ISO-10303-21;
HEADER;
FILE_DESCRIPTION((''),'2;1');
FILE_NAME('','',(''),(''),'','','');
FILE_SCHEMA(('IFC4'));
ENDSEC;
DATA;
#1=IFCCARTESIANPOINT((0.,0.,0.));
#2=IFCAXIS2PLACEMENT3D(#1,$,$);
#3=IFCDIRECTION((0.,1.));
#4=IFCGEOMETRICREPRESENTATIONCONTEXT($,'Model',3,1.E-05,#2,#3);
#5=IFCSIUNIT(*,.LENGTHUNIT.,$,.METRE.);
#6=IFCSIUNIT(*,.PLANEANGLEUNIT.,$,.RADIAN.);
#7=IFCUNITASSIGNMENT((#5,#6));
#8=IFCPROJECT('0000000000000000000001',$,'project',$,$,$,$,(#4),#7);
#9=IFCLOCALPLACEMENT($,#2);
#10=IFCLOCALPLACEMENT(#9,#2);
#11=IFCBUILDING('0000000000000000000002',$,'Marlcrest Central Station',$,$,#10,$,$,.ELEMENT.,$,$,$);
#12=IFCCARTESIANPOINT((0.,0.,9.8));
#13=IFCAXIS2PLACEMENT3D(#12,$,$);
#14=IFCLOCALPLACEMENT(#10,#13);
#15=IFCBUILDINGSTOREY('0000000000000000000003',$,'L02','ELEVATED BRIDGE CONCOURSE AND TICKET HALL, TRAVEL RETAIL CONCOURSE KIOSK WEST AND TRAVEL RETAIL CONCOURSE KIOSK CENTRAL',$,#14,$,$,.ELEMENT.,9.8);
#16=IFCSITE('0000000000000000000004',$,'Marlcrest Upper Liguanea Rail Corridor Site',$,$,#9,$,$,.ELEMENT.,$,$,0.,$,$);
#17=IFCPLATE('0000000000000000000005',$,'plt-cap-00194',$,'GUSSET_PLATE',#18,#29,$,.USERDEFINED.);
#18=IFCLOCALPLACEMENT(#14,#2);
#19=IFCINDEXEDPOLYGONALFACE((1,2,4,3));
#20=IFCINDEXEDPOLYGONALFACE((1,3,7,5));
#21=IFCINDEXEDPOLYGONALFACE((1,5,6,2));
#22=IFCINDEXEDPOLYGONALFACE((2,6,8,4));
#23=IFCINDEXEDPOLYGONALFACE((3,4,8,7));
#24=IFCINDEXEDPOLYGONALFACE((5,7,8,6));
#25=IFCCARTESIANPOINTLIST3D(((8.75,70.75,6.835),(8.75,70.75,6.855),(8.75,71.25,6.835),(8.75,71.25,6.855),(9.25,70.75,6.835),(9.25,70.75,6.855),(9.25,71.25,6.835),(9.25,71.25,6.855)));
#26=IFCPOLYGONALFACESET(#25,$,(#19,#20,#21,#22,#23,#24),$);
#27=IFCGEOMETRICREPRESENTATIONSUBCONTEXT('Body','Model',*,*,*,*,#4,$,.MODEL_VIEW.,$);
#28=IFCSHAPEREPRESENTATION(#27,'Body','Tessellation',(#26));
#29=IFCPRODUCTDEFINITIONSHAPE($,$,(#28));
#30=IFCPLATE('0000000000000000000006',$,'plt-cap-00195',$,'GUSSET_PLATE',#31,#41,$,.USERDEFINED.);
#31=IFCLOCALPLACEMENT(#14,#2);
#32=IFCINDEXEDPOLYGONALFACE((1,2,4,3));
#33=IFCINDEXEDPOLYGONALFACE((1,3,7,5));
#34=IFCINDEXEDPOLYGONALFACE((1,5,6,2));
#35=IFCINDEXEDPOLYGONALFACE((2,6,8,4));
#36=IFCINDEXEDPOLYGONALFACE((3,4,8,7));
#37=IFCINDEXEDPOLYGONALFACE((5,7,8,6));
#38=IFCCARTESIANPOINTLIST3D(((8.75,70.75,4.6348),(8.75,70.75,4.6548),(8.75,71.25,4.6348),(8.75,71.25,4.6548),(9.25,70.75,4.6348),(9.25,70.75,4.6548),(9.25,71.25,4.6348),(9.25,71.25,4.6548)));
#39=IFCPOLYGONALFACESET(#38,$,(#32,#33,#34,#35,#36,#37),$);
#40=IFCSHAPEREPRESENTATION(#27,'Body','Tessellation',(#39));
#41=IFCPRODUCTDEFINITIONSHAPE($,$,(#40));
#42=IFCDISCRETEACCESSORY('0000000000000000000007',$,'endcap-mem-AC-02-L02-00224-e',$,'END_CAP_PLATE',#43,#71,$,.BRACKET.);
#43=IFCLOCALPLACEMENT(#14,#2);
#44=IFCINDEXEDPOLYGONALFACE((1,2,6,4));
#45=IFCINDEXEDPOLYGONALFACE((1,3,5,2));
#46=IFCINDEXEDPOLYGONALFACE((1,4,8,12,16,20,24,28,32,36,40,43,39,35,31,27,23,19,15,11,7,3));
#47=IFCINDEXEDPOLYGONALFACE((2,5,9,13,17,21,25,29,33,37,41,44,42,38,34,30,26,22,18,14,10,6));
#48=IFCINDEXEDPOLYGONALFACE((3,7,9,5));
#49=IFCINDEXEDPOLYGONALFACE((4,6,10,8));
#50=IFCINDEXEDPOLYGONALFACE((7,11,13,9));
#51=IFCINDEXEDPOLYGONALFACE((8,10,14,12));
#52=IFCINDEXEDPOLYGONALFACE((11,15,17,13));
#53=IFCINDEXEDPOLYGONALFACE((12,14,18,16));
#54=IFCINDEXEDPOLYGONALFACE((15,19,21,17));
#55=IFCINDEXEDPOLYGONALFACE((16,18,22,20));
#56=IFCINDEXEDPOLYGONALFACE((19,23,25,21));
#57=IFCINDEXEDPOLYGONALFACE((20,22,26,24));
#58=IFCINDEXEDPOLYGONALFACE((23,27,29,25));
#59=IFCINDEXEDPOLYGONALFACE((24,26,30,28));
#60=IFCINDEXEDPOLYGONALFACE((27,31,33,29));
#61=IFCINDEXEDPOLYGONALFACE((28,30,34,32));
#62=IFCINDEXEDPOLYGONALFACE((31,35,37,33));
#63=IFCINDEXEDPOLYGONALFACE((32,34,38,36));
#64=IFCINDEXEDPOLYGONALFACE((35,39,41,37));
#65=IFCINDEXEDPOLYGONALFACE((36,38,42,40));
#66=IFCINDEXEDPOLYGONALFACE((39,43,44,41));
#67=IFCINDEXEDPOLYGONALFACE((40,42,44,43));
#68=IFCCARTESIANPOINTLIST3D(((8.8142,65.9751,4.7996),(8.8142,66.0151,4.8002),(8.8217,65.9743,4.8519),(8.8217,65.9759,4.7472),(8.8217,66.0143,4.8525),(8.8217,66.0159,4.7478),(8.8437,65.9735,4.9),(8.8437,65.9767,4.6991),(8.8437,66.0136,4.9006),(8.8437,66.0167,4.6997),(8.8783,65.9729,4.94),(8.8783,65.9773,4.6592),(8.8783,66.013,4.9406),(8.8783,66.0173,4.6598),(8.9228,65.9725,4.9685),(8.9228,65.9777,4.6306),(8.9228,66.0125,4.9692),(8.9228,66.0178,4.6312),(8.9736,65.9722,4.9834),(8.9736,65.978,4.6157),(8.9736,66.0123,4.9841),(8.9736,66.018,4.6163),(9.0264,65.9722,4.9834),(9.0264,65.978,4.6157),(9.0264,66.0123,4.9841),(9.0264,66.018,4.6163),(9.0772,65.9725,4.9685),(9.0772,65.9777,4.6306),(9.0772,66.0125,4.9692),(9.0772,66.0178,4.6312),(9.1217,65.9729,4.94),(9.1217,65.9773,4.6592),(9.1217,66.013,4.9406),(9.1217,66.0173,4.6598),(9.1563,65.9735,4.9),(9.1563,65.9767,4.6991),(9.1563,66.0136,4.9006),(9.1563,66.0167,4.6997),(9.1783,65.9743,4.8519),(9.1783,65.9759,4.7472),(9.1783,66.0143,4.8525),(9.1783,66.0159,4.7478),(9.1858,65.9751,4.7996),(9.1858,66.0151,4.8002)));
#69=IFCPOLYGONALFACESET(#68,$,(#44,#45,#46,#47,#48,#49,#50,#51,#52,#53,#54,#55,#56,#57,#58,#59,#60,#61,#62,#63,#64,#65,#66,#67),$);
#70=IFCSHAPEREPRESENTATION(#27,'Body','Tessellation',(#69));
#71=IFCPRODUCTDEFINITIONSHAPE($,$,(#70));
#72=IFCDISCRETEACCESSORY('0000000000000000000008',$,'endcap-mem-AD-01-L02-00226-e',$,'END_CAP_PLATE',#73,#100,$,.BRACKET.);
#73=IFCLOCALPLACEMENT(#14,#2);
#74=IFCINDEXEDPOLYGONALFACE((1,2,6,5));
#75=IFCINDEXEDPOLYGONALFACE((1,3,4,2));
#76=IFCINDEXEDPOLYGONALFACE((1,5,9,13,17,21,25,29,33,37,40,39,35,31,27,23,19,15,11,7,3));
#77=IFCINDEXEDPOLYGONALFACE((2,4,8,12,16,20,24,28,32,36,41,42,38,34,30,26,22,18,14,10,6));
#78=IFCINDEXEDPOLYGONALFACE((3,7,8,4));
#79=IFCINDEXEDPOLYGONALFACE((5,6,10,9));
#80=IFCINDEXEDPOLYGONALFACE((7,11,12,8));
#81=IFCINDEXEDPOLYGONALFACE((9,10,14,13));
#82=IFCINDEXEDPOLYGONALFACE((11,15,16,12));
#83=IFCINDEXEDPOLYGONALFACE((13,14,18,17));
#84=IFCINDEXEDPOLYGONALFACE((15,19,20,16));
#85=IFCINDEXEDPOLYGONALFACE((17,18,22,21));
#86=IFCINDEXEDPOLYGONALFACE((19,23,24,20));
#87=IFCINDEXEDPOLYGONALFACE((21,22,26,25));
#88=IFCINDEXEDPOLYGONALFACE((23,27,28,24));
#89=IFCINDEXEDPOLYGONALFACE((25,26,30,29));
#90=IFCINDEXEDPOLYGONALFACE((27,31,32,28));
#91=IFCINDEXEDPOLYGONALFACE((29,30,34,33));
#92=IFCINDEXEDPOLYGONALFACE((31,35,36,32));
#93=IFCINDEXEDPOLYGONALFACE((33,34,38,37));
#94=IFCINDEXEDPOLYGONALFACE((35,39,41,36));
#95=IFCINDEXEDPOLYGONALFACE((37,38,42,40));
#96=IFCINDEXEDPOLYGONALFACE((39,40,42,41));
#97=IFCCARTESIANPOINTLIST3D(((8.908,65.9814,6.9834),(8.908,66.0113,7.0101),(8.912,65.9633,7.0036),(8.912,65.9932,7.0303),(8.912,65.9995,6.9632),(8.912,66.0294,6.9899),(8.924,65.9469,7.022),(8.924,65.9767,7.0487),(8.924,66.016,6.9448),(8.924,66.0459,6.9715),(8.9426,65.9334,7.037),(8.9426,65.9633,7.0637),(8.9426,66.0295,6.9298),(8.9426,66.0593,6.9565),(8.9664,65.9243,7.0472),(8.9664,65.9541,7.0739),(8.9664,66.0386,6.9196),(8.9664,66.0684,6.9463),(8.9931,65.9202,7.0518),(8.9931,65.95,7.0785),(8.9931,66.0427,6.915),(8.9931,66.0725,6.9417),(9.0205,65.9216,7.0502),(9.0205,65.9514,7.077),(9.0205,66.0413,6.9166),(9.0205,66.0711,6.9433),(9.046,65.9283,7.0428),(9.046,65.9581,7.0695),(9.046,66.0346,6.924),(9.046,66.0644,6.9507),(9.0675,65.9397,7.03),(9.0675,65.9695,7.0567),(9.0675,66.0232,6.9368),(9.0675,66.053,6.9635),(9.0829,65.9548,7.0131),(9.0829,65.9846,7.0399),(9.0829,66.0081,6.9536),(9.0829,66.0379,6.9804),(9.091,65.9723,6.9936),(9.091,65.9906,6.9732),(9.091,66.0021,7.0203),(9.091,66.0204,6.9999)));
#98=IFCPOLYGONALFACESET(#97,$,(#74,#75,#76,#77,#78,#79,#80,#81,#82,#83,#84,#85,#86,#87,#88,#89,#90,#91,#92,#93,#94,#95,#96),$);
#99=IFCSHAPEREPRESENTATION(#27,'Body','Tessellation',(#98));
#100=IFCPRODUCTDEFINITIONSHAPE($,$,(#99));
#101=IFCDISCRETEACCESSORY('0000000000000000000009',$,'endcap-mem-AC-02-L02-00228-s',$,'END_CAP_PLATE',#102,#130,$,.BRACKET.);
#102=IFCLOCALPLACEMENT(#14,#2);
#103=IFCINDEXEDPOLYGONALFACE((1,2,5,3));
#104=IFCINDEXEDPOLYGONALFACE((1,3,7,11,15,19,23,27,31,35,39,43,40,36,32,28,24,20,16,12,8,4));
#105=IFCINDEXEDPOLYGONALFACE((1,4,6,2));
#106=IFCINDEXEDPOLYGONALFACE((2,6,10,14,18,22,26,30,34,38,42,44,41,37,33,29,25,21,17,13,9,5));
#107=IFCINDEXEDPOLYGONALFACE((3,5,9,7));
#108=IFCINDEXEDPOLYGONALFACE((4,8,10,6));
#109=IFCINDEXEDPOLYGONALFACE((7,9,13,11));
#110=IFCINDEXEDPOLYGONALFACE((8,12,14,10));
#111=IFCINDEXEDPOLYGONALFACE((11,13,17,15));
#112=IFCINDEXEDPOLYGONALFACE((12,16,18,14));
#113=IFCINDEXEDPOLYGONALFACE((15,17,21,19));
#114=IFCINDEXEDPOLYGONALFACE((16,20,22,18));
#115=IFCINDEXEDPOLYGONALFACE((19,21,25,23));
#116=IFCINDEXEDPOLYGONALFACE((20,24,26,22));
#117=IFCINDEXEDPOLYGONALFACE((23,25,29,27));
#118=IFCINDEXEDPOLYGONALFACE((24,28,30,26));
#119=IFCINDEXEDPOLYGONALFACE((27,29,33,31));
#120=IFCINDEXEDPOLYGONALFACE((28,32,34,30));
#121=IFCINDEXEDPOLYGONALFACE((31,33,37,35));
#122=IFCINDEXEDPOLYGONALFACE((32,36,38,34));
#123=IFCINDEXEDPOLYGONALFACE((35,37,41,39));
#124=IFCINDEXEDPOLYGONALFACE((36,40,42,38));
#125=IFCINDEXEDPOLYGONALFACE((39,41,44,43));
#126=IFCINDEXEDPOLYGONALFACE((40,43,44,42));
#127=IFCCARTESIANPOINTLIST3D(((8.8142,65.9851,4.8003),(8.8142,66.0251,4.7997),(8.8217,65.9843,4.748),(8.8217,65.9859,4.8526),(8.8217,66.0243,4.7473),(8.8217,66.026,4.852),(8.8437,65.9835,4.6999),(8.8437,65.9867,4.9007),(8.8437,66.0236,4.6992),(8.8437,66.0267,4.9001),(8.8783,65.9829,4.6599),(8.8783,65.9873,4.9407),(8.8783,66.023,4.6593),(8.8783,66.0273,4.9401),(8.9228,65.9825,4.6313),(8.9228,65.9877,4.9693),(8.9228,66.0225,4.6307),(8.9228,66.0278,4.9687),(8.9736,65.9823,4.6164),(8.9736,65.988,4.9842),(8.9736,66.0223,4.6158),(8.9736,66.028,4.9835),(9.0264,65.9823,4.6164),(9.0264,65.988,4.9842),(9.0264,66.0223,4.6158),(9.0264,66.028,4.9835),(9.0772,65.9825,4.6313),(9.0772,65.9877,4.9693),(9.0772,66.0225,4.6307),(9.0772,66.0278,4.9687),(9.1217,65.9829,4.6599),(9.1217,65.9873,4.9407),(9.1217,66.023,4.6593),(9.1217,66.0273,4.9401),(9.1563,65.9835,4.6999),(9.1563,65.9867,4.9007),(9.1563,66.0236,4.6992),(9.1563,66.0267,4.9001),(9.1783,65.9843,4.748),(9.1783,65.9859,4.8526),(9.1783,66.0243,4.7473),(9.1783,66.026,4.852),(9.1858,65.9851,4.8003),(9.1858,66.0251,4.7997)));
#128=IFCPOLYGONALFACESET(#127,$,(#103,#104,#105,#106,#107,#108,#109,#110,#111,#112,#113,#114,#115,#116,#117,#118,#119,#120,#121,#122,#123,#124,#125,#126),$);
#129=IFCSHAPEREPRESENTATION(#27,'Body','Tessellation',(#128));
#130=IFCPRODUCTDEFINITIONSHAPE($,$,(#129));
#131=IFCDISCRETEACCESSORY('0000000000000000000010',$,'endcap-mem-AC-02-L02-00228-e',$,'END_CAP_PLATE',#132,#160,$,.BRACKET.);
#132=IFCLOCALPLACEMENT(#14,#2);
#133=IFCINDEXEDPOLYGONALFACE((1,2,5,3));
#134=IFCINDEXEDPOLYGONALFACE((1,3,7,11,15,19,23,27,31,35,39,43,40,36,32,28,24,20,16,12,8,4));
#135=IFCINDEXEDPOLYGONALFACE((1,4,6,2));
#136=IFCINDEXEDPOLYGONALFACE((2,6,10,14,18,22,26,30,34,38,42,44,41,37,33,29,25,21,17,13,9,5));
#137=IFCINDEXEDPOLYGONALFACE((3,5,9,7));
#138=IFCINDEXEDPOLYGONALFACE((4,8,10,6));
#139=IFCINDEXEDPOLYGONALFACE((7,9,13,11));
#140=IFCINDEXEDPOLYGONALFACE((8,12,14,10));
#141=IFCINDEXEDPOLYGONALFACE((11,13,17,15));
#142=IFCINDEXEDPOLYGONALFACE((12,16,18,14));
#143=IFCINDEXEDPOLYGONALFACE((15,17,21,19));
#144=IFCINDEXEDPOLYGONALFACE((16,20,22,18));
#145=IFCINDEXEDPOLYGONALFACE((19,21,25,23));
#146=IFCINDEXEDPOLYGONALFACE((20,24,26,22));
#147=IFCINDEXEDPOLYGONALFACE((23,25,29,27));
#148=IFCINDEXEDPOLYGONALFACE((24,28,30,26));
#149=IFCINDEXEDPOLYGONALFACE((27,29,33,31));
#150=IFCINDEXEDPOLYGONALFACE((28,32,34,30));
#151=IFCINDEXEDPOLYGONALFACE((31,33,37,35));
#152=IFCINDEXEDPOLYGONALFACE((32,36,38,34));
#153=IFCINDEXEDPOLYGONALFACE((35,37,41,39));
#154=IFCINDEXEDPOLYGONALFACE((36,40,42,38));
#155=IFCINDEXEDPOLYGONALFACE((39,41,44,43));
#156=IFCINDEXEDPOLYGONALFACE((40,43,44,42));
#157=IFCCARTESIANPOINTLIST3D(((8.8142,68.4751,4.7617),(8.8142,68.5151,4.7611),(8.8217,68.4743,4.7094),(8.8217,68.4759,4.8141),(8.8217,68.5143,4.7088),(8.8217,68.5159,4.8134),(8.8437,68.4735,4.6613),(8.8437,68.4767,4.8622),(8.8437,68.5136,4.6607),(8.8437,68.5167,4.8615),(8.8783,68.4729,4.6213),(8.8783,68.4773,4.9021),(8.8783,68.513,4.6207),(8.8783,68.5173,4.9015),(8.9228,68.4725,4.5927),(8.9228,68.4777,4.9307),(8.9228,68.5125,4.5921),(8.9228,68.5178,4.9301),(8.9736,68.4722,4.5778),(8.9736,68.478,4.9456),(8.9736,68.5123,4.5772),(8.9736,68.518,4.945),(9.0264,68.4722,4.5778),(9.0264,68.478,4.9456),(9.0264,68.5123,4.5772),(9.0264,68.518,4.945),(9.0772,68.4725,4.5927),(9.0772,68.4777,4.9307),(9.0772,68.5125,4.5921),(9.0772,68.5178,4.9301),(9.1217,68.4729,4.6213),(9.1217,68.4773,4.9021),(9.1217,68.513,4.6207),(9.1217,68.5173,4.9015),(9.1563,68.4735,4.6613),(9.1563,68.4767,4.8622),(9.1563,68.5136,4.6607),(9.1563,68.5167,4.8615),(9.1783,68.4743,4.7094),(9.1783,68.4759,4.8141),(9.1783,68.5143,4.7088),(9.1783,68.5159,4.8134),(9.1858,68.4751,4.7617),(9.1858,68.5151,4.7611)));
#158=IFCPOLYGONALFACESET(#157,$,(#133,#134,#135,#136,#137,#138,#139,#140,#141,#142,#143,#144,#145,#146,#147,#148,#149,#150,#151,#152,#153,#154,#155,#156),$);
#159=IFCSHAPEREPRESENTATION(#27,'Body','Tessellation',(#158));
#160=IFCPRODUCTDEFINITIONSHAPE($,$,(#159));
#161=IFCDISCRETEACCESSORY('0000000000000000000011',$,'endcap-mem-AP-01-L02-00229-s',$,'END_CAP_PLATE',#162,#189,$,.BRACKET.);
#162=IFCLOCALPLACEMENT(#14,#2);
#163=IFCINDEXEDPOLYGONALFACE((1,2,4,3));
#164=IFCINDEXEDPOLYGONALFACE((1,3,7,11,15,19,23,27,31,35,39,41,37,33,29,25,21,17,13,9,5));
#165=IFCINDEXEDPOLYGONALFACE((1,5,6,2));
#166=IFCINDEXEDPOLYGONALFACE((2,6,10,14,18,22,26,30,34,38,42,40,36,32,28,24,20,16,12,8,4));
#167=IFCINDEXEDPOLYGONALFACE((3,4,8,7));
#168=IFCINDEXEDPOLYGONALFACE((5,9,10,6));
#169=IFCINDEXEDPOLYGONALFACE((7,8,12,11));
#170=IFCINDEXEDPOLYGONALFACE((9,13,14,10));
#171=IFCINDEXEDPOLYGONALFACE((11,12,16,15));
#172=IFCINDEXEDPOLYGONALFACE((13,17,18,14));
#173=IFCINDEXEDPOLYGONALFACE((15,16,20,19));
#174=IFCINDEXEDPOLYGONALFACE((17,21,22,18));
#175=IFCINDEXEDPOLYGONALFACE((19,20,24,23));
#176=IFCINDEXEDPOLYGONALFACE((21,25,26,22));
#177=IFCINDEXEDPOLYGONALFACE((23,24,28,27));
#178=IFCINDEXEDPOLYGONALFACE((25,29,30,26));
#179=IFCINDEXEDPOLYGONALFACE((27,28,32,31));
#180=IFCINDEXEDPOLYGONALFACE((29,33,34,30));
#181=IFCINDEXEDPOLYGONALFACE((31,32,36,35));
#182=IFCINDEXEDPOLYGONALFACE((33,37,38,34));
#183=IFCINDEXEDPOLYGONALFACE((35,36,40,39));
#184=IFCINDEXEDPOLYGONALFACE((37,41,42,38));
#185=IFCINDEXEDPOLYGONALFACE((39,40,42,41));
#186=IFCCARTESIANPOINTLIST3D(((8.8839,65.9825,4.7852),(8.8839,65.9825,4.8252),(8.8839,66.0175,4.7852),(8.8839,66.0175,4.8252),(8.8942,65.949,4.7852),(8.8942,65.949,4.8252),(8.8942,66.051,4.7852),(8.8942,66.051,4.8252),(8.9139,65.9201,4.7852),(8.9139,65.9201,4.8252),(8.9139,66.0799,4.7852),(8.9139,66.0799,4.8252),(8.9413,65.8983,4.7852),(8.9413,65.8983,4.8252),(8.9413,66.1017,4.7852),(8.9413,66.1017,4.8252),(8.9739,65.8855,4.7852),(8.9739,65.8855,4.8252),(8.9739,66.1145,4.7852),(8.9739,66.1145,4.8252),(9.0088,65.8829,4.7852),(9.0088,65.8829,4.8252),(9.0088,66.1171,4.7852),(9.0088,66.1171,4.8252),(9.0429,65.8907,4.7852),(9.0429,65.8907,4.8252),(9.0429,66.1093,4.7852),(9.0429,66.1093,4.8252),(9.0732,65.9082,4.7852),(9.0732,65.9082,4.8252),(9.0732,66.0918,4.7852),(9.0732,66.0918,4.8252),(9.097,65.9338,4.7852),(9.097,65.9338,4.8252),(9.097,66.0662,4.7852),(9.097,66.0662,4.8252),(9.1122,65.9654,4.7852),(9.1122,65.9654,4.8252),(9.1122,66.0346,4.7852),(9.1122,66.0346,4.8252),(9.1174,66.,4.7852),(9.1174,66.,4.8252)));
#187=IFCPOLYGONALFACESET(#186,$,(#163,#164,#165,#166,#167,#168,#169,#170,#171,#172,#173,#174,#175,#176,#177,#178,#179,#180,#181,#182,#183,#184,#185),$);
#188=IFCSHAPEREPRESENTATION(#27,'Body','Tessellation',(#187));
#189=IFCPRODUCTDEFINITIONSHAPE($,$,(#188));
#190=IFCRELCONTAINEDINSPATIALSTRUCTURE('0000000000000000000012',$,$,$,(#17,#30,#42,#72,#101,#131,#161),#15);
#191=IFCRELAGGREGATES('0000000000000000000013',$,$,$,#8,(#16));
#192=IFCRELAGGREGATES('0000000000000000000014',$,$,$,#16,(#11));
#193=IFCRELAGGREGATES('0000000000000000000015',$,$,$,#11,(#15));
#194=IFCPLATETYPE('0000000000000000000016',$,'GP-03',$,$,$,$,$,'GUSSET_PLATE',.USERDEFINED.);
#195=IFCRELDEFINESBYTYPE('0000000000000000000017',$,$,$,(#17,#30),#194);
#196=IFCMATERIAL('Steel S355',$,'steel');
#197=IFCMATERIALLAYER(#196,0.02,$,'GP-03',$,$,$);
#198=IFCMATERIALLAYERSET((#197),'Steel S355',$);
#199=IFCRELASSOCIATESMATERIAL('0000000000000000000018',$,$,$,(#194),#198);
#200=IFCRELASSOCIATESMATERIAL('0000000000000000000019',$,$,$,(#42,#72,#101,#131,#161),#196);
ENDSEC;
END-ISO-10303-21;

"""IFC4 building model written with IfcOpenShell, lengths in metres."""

from ifc_helpers import new_model, si_unit, direction, frame, origin, origin_2d, place, context, subcontext, project, spatial, rectangle, circle, extrude, material, layer, layer_set, type_object, element, save


model = new_model("IFC4")

# Units and contexts
model_context = context("Model", 3, precision=1e-05, world=origin(), true_north=direction((0.0, 1.0)))
body_context = subcontext(model_context, "Body", "Model", "MODEL_VIEW")
ifc_project = project(units=[si_unit("LENGTHUNIT", "METRE"), si_unit("PLANEANGLEUNIT", "RADIAN")], contexts=[model_context])

# Site, building, storey
site_placement = place(None, origin())
site = spatial("IfcSite", under=ifc_project, at=site_placement, Name="Marlcrest Upper Liguanea Rail Corridor Site", CompositionType="ELEMENT", RefElevation=0.0)
building_placement = place(site_placement, origin())
building = spatial("IfcBuilding", under=site, at=building_placement, Name="Marlcrest Central Station", CompositionType="ELEMENT")
storey_placement = place(building_placement, frame((0.0, 0.0, 9.8)))
storey = spatial("IfcBuildingStorey", under=building, at=storey_placement, Name="L02", Description="ELEVATED BRIDGE CONCOURSE AND TICKET HALL, TRAVEL RETAIL CONCOURSE KIOSK WEST AND TRAVEL RETAIL CONCOURSE KIOSK CENTRAL", CompositionType="ELEMENT", Elevation=9.8)

# Shared definitions
ifc_material = material(Name="Steel S355", Category="steel")

# Plates
ifc_layer = layer(ifc_material, 0.02, Name="GP-03")
ifc_layer_set = layer_set([ifc_layer], Name="Steel S355")
plate_type = type_object("IfcPlateType", Name="GP-03", ElementType="GUSSET_PLATE", PredefinedType="USERDEFINED", material=ifc_layer_set)
for number, where, z_axis, x_axis, name in (
    (1, (9.0, 71.0, 6.835), (0.0, 0.0, 1.0), (1.0, 0.0, 0.0), "plt-cap-00194"),
    (2, (9.0, 71.0, 4.6348), (0.0, 0.0, 1.0), (1.0, 0.0, 0.0), "plt-cap-00195"),
):
    element("IfcPlate", number, at=place(storey_placement, frame(where, z_axis=z_axis, x_axis=x_axis)), inside=storey, type_object=plate_type, Name=name, ObjectType="GUSSET_PLATE", PredefinedType="USERDEFINED", context=body_context, shape_type="SweptSolid", body=[
        extrude(rectangle(XDim=0.5, YDim=0.5, at=origin_2d()), origin(), (0.0, 0.0, 1.0), 0.02),
    ])

# Discrete accessories
discrete_accessory_1_placement = place(storey_placement, frame((9.0, 65.9751, 4.7996), z_axis=(0.0, 0.999879, 0.015525), x_axis=(-1.0, 0.0, 0.0)))
element("IfcDiscreteAccessory", 3, at=discrete_accessory_1_placement, inside=storey, material=ifc_material, Name="endcap-mem-AC-02-L02-00224-e", ObjectType="END_CAP_PLATE", PredefinedType="BRACKET", context=body_context, shape_type="SweptSolid", body=[
    extrude(circle(Radius=0.1858, at=origin_2d()), origin(), (0.0, 0.0, 1.0), 0.04),
])
discrete_accessory_2_placement = place(storey_placement, frame((9.0, 65.9814, 6.9834), z_axis=(0.0, 0.744956, 0.667114), x_axis=(-1.0, 0.0, 0.0)))
element("IfcDiscreteAccessory", 4, at=discrete_accessory_2_placement, inside=storey, material=ifc_material, Name="endcap-mem-AD-01-L02-00226-e", ObjectType="END_CAP_PLATE", PredefinedType="BRACKET", context=body_context, shape_type="SweptSolid", body=[
    extrude(circle(Radius=0.092, at=origin_2d()), origin(), (0.0, 0.0, 1.0), 0.04),
])
for number, where, z_axis, x_axis, name in (
    (5, (9.0, 65.9851, 4.8003), (0.0, 0.999879, -0.015525), (-1.0, 0.0, 0.0), "endcap-mem-AC-02-L02-00228-s"),
    (6, (9.0, 68.4751, 4.7617), (0.0, 0.999879, -0.015525), (-1.0, 0.0, 0.0), "endcap-mem-AC-02-L02-00228-e"),
):
    element("IfcDiscreteAccessory", number, at=place(storey_placement, frame(where, z_axis=z_axis, x_axis=x_axis)), inside=storey, material=ifc_material, Name=name, ObjectType="END_CAP_PLATE", PredefinedType="BRACKET", context=body_context, shape_type="SweptSolid", body=[
        extrude(circle(Radius=0.1858, at=origin_2d()), origin(), (0.0, 0.0, 1.0), 0.04),
    ])
for number, where, z_axis, x_axis, name in (
    (7, (9.0, 66.0, 4.7852), (0.0, 0.0, 1.0), (1.0, 0.0, 0.0), "endcap-mem-AP-01-L02-00229-s"),
):
    element("IfcDiscreteAccessory", number, at=place(storey_placement, frame(where, z_axis=z_axis, x_axis=x_axis)), inside=storey, material=ifc_material, Name=name, ObjectType="END_CAP_PLATE", PredefinedType="BRACKET", context=body_context, shape_type="SweptSolid", body=[
        extrude(circle(Radius=0.1174, at=origin_2d()), origin(), (0.0, 0.0, 1.0), 0.04),
    ])

save(model, "model.ifc")
